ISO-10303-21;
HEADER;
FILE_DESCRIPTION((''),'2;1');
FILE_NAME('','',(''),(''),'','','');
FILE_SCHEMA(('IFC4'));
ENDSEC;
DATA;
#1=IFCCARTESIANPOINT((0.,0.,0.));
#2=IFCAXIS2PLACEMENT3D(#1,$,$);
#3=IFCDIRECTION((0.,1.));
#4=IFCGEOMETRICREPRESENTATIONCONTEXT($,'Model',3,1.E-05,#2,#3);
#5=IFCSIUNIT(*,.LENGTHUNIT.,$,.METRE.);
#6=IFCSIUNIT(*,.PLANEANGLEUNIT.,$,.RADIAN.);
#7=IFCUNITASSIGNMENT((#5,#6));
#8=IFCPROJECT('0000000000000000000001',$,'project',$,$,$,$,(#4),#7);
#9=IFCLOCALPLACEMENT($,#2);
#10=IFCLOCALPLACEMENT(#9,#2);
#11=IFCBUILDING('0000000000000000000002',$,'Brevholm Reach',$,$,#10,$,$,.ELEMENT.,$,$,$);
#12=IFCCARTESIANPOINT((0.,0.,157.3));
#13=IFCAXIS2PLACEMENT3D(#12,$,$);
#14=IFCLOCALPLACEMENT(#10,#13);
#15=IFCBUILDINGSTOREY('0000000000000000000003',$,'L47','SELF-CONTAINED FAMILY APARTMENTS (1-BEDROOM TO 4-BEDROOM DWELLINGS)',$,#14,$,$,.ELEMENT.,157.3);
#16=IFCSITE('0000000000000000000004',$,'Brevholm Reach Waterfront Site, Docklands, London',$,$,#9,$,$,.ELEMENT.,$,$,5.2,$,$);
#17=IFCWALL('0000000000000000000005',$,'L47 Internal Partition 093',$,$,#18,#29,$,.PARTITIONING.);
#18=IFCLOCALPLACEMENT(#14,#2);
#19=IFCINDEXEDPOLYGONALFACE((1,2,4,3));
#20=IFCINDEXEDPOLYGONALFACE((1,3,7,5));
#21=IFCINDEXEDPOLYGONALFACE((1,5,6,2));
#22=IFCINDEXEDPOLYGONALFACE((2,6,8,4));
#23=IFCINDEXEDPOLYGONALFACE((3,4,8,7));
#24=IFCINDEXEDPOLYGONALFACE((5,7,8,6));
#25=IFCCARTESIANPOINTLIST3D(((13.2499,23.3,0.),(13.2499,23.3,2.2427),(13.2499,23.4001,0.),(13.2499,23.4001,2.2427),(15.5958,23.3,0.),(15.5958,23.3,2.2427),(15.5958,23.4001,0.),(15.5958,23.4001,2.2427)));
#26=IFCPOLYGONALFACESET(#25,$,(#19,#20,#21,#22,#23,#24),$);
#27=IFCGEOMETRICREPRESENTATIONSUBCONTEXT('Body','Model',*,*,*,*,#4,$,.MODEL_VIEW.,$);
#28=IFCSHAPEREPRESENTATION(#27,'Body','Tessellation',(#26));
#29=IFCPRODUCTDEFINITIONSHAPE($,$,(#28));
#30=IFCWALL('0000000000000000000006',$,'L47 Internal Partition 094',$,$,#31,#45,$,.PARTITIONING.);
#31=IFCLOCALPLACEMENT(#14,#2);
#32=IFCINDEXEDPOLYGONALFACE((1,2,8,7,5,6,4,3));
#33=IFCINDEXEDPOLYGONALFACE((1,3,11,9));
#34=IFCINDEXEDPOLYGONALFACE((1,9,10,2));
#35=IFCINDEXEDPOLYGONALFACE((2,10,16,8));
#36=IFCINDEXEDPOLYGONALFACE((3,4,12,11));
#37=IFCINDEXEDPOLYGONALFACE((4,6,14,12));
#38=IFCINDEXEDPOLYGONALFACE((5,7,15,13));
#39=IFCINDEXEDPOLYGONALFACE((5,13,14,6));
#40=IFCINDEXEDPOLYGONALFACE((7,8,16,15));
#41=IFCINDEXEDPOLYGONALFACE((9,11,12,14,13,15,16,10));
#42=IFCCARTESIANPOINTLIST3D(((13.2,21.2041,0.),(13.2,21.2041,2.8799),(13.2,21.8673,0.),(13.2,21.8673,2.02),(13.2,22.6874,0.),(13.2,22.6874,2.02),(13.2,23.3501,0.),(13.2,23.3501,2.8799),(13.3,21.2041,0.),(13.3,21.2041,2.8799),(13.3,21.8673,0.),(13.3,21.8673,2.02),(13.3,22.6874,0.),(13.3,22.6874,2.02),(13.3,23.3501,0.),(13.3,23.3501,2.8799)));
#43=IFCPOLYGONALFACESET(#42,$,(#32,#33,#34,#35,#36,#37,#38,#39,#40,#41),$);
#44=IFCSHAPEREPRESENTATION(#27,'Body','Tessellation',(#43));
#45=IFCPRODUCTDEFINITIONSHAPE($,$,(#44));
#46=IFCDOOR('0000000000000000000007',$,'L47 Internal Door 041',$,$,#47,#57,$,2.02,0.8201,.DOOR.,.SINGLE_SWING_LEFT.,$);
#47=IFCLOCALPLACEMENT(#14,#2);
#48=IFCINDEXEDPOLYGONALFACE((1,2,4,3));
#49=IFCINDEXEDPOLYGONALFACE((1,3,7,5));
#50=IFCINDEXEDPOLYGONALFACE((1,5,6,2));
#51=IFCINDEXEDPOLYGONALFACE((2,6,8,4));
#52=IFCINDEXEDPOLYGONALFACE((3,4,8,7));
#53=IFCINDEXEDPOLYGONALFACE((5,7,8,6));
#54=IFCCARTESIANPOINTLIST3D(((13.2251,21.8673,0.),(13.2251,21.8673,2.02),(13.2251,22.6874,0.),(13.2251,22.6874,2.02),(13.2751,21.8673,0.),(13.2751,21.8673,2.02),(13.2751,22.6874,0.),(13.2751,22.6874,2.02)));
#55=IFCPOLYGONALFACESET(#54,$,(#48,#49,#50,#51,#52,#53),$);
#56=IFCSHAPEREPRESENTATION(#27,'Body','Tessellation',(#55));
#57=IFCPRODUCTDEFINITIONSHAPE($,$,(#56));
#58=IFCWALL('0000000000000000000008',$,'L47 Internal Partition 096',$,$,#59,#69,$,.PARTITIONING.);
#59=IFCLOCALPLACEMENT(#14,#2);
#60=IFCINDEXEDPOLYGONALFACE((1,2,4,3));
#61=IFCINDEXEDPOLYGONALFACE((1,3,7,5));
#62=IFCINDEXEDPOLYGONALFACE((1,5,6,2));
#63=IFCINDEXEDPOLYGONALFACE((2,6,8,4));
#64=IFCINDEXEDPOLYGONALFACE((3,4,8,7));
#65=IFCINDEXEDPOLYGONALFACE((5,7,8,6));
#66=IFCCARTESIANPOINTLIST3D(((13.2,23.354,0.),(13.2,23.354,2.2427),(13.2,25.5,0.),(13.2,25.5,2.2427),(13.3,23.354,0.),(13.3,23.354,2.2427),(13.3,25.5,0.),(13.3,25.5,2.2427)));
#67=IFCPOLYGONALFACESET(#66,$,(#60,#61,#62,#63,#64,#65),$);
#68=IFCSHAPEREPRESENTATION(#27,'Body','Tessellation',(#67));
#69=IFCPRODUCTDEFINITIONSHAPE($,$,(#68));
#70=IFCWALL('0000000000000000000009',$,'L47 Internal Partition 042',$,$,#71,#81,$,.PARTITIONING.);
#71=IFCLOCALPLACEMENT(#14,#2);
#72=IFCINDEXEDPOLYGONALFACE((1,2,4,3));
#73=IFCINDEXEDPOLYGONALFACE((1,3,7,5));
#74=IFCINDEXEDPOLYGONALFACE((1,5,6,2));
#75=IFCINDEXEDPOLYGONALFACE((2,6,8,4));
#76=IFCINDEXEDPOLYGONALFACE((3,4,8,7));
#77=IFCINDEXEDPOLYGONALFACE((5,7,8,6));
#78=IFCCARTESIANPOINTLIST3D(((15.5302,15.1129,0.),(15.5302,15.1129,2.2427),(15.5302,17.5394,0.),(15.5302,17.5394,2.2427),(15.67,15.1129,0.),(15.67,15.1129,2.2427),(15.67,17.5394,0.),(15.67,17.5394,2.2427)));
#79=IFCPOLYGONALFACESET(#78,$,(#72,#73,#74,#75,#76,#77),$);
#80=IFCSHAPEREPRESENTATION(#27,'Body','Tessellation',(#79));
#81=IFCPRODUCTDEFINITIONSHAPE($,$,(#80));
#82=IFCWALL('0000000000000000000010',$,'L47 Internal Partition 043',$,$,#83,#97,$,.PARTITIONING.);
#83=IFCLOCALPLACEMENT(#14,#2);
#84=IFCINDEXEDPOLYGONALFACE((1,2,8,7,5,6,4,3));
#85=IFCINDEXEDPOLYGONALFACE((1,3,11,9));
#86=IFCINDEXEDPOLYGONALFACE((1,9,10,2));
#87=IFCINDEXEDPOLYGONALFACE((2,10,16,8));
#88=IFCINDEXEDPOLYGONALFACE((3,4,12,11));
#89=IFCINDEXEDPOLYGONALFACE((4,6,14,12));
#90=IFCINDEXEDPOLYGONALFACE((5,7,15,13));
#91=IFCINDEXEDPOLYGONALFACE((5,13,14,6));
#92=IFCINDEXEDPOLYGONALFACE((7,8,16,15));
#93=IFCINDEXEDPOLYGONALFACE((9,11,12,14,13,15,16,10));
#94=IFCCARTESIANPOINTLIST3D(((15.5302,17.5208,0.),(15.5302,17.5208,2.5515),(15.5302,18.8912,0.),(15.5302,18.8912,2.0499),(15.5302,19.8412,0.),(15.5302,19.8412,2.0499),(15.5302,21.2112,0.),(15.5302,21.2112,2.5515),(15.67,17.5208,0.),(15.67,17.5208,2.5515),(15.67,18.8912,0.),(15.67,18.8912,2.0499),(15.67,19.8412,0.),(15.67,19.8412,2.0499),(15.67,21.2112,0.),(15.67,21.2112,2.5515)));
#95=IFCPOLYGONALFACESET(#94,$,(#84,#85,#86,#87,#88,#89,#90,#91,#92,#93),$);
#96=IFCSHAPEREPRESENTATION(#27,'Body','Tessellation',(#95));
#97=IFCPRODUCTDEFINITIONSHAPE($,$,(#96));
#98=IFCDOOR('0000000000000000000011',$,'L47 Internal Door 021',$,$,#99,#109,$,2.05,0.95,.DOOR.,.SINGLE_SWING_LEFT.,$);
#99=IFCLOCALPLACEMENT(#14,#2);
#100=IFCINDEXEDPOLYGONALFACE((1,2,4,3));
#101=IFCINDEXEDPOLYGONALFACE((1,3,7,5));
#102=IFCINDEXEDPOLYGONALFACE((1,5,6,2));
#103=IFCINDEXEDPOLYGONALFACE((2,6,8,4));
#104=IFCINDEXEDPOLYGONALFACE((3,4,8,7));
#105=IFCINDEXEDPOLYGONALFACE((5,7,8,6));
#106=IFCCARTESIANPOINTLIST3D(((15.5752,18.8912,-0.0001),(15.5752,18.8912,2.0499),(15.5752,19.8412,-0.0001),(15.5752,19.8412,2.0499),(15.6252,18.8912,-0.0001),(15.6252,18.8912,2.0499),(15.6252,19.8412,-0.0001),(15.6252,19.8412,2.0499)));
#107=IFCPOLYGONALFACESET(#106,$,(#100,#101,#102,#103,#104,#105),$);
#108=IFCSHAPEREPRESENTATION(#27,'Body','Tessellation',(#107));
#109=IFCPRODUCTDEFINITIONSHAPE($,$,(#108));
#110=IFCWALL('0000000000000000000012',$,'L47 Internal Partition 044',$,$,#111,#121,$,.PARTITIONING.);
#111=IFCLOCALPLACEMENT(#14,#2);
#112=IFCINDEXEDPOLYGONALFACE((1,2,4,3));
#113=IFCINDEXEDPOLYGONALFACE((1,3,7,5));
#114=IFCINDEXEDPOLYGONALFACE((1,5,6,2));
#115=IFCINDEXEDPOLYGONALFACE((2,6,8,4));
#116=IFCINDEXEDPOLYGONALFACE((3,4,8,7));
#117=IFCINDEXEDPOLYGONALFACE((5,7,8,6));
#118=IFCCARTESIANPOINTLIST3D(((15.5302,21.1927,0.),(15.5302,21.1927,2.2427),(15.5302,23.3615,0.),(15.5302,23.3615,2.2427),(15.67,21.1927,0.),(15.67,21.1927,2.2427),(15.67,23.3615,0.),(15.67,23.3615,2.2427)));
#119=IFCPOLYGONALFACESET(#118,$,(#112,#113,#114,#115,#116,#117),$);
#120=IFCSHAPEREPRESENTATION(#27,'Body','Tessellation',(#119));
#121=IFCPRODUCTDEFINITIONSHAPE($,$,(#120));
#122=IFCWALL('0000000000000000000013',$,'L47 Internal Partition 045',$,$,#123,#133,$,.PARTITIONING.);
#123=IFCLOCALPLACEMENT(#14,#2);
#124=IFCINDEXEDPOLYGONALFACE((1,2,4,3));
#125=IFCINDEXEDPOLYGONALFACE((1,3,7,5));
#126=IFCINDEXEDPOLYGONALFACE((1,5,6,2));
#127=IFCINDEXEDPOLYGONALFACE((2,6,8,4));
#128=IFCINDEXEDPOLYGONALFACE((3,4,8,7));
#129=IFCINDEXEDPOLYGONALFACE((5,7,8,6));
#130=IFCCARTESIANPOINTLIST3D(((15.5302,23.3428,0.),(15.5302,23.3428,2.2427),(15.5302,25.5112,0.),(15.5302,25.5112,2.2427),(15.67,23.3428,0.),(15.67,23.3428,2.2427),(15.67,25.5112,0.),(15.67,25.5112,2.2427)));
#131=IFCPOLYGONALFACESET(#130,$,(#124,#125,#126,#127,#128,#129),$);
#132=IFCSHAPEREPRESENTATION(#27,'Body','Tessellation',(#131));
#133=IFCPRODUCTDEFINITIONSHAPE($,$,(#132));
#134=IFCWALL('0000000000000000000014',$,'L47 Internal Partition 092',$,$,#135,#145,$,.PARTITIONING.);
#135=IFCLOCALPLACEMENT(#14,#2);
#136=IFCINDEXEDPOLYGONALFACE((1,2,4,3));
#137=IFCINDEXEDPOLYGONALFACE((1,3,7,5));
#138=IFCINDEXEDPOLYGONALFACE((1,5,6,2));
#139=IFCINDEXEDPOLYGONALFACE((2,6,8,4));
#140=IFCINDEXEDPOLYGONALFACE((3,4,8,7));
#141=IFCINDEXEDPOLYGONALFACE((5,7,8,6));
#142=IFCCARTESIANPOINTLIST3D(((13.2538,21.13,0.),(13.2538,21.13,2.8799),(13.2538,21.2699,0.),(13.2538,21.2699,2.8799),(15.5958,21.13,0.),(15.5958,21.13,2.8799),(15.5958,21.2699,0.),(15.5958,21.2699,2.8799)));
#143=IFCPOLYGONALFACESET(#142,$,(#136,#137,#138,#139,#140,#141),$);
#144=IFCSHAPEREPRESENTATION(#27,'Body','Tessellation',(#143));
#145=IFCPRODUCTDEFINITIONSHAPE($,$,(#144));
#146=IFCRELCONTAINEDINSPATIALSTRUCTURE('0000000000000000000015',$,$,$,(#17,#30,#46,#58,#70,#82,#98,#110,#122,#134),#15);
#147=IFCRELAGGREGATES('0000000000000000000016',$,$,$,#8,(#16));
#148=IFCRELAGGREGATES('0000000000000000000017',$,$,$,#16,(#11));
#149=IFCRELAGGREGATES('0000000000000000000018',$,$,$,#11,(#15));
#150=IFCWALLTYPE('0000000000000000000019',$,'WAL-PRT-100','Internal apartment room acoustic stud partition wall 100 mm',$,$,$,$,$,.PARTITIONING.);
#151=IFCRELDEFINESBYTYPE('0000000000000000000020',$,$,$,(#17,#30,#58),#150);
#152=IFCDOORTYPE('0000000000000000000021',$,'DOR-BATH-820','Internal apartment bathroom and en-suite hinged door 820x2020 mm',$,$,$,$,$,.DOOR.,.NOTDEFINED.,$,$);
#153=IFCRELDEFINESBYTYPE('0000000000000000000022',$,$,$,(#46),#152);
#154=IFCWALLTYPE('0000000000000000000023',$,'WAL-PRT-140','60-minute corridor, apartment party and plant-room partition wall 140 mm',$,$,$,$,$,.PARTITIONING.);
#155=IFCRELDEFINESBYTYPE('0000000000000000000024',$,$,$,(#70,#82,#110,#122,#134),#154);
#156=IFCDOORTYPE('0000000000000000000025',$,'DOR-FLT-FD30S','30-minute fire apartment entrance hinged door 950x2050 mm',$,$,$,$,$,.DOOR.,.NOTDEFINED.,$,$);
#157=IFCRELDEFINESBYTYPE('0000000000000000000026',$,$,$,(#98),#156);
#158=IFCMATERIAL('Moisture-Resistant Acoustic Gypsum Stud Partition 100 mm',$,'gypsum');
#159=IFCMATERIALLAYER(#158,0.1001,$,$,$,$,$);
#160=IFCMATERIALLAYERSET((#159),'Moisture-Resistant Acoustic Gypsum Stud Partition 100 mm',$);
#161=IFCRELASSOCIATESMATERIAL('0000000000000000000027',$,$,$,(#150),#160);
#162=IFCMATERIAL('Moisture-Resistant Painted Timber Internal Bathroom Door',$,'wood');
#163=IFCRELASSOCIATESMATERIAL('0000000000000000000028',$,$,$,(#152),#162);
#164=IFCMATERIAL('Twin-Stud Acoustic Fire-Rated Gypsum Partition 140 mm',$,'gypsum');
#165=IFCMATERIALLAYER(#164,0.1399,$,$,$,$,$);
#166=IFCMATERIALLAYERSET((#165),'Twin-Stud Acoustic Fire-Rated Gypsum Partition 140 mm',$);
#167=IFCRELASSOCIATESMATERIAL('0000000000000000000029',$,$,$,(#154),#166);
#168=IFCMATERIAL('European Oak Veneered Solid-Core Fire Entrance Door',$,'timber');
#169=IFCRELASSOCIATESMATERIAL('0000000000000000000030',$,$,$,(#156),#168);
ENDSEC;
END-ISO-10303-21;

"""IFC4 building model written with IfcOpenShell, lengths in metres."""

from ifc_helpers import new_model, si_unit, direction, frame, frame_2d, origin, place, context, subcontext, project, spatial, rectangle, extrude, material, layer, layer_set, type_object, element, fill, save


model = new_model("IFC4")

# Units and contexts
model_context = context("Model", 3, precision=1e-05, world=origin(), true_north=direction((0.0, 1.0)))
body_context = subcontext(model_context, "Body", "Model", "MODEL_VIEW")
ifc_project = project(units=[si_unit("LENGTHUNIT", "METRE"), si_unit("PLANEANGLEUNIT", "RADIAN")], contexts=[model_context])

# Site, building, storey
site_placement = place(None, origin())
site = spatial("IfcSite", under=ifc_project, at=site_placement, Name="Brevholm Reach Waterfront Site, Docklands, London", CompositionType="ELEMENT", RefElevation=5.2)
building_placement = place(site_placement, origin())
building = spatial("IfcBuilding", under=site, at=building_placement, Name="Brevholm Reach", CompositionType="ELEMENT")
storey_placement = place(building_placement, frame((0.0, 0.0, 157.3)))
storey = spatial("IfcBuildingStorey", under=building, at=storey_placement, Name="L47", Description="SELF-CONTAINED FAMILY APARTMENTS (1-BEDROOM TO 4-BEDROOM DWELLINGS)", CompositionType="ELEMENT", Elevation=157.3)

# Shared definitions
ifc_material_1 = material(Name="Moisture-Resistant Acoustic Gypsum Stud Partition 100 mm", Category="gypsum")
ifc_layer_1 = layer(ifc_material_1, 0.1001)
ifc_layer_set_1 = layer_set([ifc_layer_1], Name="Moisture-Resistant Acoustic Gypsum Stud Partition 100 mm")
wall_type_1 = type_object("IfcWallType", Name="WAL-PRT-100", Description="Internal apartment room acoustic stud partition wall 100 mm", PredefinedType="PARTITIONING", material=ifc_layer_set_1)

# Wall
wall_1_placement = place(storey_placement, frame((13.25, 23.3501, 0.0), z_axis=(0.0, 0.0, 1.0), x_axis=(1.0, 0.0, 0.0)))
element("IfcWall", 1, at=wall_1_placement, inside=storey, type_object=wall_type_1, Name="L47 Internal Partition 093", PredefinedType="PARTITIONING", context=body_context, shape_type="SweptSolid", body=[
    extrude(rectangle(XDim=2.3459, YDim=0.1001, at=frame_2d((1.1729, 0.0))), origin(), (0.0, 0.0, 1.0), 2.2427),
])

# Wall, opening, door
wall_2_placement = place(storey_placement, frame((13.25, 21.2041, 0.0), z_axis=(0.0, 0.0, 1.0), x_axis=(0.0, 1.0, 0.0)))
wall_2 = element("IfcWall", 2, at=wall_2_placement, inside=storey, type_object=wall_type_1, Name="L47 Internal Partition 094", PredefinedType="PARTITIONING", context=body_context, shape_type="SweptSolid", body=[
    extrude(rectangle(XDim=2.146, YDim=0.1001, at=frame_2d((1.073, 0.0))), origin(), (0.0, 0.0, 1.0), 2.8799),
])
opening_1_placement = place(wall_2_placement, frame((0.6631, 0.0, 0.0)))
opening_1 = element("IfcOpeningElement", 3, at=opening_1_placement, cuts=wall_2, PredefinedType="OPENING", context=body_context, shape_type="SweptSolid", body=[
    extrude(rectangle(XDim=0.8201, YDim=2.02, at=frame_2d((0.4102, 1.01))), frame((0.0, 0.0601, 0.0), z_axis=(0.0, -1.0, 0.0), x_axis=(1.0, 0.0, 0.0)), (0.0, 0.0, 1.0), 0.1201),
])
ifc_material_2 = material(Name="Moisture-Resistant Painted Timber Internal Bathroom Door", Category="wood")
door_type_1 = type_object("IfcDoorType", Name="DOR-BATH-820", Description="Internal apartment bathroom and en-suite hinged door 820x2020 mm", OperationType="NOTDEFINED", PredefinedType="DOOR", material=ifc_material_2)
door_1_placement = place(opening_1_placement, origin())
door_1 = element("IfcDoor", 4, at=door_1_placement, inside=storey, type_object=door_type_1, Name="L47 Internal Door 041", OperationType="SINGLE_SWING_LEFT", OverallHeight=2.02, OverallWidth=0.8201, PredefinedType="DOOR", context=body_context, shape_type="SweptSolid", body=[
    extrude(rectangle(XDim=0.8201, YDim=2.02, at=frame_2d((0.4102, 1.01))), frame((0.0, 0.0249, 0.0), z_axis=(0.0, -1.0, 0.0), x_axis=(1.0, 0.0, 0.0)), (0.0, 0.0, 1.0), 0.05),
])
fill(opening_1, door_1)

# Walls
wall_3_placement = place(storey_placement, frame((13.25, 23.354, 0.0), z_axis=(0.0, 0.0, 1.0), x_axis=(0.0, 1.0, 0.0)))
element("IfcWall", 5, at=wall_3_placement, inside=storey, type_object=wall_type_1, Name="L47 Internal Partition 096", PredefinedType="PARTITIONING", context=body_context, shape_type="SweptSolid", body=[
    extrude(rectangle(XDim=2.146, YDim=0.1001, at=frame_2d((1.073, 0.0))), origin(), (0.0, 0.0, 1.0), 2.2427),
])
ifc_material_3 = material(Name="Twin-Stud Acoustic Fire-Rated Gypsum Partition 140 mm", Category="gypsum")
ifc_layer_2 = layer(ifc_material_3, 0.1399)
ifc_layer_set_2 = layer_set([ifc_layer_2], Name="Twin-Stud Acoustic Fire-Rated Gypsum Partition 140 mm")
wall_type_2 = type_object("IfcWallType", Name="WAL-PRT-140", Description="60-minute corridor, apartment party and plant-room partition wall 140 mm", PredefinedType="PARTITIONING", material=ifc_layer_set_2)
wall_4_placement = place(storey_placement, frame((15.6001, 15.1128, 0.0), z_axis=(0.0, 0.0, 1.0), x_axis=(0.0, 1.0, 0.0)))
element("IfcWall", 6, at=wall_4_placement, inside=storey, type_object=wall_type_2, Name="L47 Internal Partition 042", PredefinedType="PARTITIONING", context=body_context, shape_type="SweptSolid", body=[
    extrude(rectangle(XDim=2.4265, YDim=0.1399, at=frame_2d((1.2134, 0.0))), origin(), (0.0, 0.0, 1.0), 2.2427),
])

# Wall, opening, door
wall_5_placement = place(storey_placement, frame((15.6001, 17.5208, 0.0), z_axis=(0.0, 0.0, 1.0), x_axis=(0.0, 1.0, 0.0)))
wall_5 = element("IfcWall", 7, at=wall_5_placement, inside=storey, type_object=wall_type_2, Name="L47 Internal Partition 043", PredefinedType="PARTITIONING", context=body_context, shape_type="SweptSolid", body=[
    extrude(rectangle(XDim=3.6904, YDim=0.1399, at=frame_2d((1.8452, 0.0))), origin(), (0.0, 0.0, 1.0), 2.5515),
])
opening_2_placement = place(wall_5_placement, frame((1.3704, 0.0, 0.0)))
opening_2 = element("IfcOpeningElement", 8, at=opening_2_placement, cuts=wall_5, PredefinedType="OPENING", context=body_context, shape_type="SweptSolid", body=[
    extrude(rectangle(XDim=0.95, YDim=2.05, at=frame_2d((0.4751, 1.0249))), frame((0.0, 0.0798, 0.0), z_axis=(0.0, -1.0, 0.0), x_axis=(1.0, 0.0, 0.0)), (0.0, 0.0, 1.0), 0.1599),
])
ifc_material_4 = material(Name="European Oak Veneered Solid-Core Fire Entrance Door", Category="timber")
door_type_2 = type_object("IfcDoorType", Name="DOR-FLT-FD30S", Description="30-minute fire apartment entrance hinged door 950x2050 mm", OperationType="NOTDEFINED", PredefinedType="DOOR", material=ifc_material_4)
door_2_placement = place(opening_2_placement, origin())
door_2 = element("IfcDoor", 9, at=door_2_placement, inside=storey, type_object=door_type_2, Name="L47 Internal Door 021", OperationType="SINGLE_SWING_LEFT", OverallHeight=2.05, OverallWidth=0.95, PredefinedType="DOOR", context=body_context, shape_type="SweptSolid", body=[
    extrude(rectangle(XDim=0.95, YDim=2.05, at=frame_2d((0.4751, 1.0249))), frame((0.0, 0.0249, 0.0), z_axis=(0.0, -1.0, 0.0), x_axis=(1.0, 0.0, 0.0)), (0.0, 0.0, 1.0), 0.05),
])
fill(opening_2, door_2)

# Walls
wall_6_placement = place(storey_placement, frame((15.6001, 21.1926, 0.0), z_axis=(0.0, 0.0, 1.0), x_axis=(0.0, 1.0, 0.0)))
element("IfcWall", 10, at=wall_6_placement, inside=storey, type_object=wall_type_2, Name="L47 Internal Partition 044", PredefinedType="PARTITIONING", context=body_context, shape_type="SweptSolid", body=[
    extrude(rectangle(XDim=2.1687, YDim=0.1399, at=frame_2d((1.0845, 0.0))), origin(), (0.0, 0.0, 1.0), 2.2427),
])
wall_7_placement = place(storey_placement, frame((15.6001, 23.3428, 0.0), z_axis=(0.0, 0.0, 1.0), x_axis=(0.0, 1.0, 0.0)))
element("IfcWall", 11, at=wall_7_placement, inside=storey, type_object=wall_type_2, Name="L47 Internal Partition 045", PredefinedType="PARTITIONING", context=body_context, shape_type="SweptSolid", body=[
    extrude(rectangle(XDim=2.1685, YDim=0.1399, at=frame_2d((1.0842, 0.0))), origin(), (0.0, 0.0, 1.0), 2.2427),
])
wall_8_placement = place(storey_placement, frame((13.2539, 21.2, 0.0), z_axis=(0.0, 0.0, 1.0), x_axis=(1.0, 0.0, 0.0)))
element("IfcWall", 12, at=wall_8_placement, inside=storey, type_object=wall_type_2, Name="L47 Internal Partition 092", PredefinedType="PARTITIONING", context=body_context, shape_type="SweptSolid", body=[
    extrude(rectangle(XDim=2.342, YDim=0.1399, at=frame_2d((1.1709, 0.0))), origin(), (0.0, 0.0, 1.0), 2.8799),
])

save(model, "model.ifc")
